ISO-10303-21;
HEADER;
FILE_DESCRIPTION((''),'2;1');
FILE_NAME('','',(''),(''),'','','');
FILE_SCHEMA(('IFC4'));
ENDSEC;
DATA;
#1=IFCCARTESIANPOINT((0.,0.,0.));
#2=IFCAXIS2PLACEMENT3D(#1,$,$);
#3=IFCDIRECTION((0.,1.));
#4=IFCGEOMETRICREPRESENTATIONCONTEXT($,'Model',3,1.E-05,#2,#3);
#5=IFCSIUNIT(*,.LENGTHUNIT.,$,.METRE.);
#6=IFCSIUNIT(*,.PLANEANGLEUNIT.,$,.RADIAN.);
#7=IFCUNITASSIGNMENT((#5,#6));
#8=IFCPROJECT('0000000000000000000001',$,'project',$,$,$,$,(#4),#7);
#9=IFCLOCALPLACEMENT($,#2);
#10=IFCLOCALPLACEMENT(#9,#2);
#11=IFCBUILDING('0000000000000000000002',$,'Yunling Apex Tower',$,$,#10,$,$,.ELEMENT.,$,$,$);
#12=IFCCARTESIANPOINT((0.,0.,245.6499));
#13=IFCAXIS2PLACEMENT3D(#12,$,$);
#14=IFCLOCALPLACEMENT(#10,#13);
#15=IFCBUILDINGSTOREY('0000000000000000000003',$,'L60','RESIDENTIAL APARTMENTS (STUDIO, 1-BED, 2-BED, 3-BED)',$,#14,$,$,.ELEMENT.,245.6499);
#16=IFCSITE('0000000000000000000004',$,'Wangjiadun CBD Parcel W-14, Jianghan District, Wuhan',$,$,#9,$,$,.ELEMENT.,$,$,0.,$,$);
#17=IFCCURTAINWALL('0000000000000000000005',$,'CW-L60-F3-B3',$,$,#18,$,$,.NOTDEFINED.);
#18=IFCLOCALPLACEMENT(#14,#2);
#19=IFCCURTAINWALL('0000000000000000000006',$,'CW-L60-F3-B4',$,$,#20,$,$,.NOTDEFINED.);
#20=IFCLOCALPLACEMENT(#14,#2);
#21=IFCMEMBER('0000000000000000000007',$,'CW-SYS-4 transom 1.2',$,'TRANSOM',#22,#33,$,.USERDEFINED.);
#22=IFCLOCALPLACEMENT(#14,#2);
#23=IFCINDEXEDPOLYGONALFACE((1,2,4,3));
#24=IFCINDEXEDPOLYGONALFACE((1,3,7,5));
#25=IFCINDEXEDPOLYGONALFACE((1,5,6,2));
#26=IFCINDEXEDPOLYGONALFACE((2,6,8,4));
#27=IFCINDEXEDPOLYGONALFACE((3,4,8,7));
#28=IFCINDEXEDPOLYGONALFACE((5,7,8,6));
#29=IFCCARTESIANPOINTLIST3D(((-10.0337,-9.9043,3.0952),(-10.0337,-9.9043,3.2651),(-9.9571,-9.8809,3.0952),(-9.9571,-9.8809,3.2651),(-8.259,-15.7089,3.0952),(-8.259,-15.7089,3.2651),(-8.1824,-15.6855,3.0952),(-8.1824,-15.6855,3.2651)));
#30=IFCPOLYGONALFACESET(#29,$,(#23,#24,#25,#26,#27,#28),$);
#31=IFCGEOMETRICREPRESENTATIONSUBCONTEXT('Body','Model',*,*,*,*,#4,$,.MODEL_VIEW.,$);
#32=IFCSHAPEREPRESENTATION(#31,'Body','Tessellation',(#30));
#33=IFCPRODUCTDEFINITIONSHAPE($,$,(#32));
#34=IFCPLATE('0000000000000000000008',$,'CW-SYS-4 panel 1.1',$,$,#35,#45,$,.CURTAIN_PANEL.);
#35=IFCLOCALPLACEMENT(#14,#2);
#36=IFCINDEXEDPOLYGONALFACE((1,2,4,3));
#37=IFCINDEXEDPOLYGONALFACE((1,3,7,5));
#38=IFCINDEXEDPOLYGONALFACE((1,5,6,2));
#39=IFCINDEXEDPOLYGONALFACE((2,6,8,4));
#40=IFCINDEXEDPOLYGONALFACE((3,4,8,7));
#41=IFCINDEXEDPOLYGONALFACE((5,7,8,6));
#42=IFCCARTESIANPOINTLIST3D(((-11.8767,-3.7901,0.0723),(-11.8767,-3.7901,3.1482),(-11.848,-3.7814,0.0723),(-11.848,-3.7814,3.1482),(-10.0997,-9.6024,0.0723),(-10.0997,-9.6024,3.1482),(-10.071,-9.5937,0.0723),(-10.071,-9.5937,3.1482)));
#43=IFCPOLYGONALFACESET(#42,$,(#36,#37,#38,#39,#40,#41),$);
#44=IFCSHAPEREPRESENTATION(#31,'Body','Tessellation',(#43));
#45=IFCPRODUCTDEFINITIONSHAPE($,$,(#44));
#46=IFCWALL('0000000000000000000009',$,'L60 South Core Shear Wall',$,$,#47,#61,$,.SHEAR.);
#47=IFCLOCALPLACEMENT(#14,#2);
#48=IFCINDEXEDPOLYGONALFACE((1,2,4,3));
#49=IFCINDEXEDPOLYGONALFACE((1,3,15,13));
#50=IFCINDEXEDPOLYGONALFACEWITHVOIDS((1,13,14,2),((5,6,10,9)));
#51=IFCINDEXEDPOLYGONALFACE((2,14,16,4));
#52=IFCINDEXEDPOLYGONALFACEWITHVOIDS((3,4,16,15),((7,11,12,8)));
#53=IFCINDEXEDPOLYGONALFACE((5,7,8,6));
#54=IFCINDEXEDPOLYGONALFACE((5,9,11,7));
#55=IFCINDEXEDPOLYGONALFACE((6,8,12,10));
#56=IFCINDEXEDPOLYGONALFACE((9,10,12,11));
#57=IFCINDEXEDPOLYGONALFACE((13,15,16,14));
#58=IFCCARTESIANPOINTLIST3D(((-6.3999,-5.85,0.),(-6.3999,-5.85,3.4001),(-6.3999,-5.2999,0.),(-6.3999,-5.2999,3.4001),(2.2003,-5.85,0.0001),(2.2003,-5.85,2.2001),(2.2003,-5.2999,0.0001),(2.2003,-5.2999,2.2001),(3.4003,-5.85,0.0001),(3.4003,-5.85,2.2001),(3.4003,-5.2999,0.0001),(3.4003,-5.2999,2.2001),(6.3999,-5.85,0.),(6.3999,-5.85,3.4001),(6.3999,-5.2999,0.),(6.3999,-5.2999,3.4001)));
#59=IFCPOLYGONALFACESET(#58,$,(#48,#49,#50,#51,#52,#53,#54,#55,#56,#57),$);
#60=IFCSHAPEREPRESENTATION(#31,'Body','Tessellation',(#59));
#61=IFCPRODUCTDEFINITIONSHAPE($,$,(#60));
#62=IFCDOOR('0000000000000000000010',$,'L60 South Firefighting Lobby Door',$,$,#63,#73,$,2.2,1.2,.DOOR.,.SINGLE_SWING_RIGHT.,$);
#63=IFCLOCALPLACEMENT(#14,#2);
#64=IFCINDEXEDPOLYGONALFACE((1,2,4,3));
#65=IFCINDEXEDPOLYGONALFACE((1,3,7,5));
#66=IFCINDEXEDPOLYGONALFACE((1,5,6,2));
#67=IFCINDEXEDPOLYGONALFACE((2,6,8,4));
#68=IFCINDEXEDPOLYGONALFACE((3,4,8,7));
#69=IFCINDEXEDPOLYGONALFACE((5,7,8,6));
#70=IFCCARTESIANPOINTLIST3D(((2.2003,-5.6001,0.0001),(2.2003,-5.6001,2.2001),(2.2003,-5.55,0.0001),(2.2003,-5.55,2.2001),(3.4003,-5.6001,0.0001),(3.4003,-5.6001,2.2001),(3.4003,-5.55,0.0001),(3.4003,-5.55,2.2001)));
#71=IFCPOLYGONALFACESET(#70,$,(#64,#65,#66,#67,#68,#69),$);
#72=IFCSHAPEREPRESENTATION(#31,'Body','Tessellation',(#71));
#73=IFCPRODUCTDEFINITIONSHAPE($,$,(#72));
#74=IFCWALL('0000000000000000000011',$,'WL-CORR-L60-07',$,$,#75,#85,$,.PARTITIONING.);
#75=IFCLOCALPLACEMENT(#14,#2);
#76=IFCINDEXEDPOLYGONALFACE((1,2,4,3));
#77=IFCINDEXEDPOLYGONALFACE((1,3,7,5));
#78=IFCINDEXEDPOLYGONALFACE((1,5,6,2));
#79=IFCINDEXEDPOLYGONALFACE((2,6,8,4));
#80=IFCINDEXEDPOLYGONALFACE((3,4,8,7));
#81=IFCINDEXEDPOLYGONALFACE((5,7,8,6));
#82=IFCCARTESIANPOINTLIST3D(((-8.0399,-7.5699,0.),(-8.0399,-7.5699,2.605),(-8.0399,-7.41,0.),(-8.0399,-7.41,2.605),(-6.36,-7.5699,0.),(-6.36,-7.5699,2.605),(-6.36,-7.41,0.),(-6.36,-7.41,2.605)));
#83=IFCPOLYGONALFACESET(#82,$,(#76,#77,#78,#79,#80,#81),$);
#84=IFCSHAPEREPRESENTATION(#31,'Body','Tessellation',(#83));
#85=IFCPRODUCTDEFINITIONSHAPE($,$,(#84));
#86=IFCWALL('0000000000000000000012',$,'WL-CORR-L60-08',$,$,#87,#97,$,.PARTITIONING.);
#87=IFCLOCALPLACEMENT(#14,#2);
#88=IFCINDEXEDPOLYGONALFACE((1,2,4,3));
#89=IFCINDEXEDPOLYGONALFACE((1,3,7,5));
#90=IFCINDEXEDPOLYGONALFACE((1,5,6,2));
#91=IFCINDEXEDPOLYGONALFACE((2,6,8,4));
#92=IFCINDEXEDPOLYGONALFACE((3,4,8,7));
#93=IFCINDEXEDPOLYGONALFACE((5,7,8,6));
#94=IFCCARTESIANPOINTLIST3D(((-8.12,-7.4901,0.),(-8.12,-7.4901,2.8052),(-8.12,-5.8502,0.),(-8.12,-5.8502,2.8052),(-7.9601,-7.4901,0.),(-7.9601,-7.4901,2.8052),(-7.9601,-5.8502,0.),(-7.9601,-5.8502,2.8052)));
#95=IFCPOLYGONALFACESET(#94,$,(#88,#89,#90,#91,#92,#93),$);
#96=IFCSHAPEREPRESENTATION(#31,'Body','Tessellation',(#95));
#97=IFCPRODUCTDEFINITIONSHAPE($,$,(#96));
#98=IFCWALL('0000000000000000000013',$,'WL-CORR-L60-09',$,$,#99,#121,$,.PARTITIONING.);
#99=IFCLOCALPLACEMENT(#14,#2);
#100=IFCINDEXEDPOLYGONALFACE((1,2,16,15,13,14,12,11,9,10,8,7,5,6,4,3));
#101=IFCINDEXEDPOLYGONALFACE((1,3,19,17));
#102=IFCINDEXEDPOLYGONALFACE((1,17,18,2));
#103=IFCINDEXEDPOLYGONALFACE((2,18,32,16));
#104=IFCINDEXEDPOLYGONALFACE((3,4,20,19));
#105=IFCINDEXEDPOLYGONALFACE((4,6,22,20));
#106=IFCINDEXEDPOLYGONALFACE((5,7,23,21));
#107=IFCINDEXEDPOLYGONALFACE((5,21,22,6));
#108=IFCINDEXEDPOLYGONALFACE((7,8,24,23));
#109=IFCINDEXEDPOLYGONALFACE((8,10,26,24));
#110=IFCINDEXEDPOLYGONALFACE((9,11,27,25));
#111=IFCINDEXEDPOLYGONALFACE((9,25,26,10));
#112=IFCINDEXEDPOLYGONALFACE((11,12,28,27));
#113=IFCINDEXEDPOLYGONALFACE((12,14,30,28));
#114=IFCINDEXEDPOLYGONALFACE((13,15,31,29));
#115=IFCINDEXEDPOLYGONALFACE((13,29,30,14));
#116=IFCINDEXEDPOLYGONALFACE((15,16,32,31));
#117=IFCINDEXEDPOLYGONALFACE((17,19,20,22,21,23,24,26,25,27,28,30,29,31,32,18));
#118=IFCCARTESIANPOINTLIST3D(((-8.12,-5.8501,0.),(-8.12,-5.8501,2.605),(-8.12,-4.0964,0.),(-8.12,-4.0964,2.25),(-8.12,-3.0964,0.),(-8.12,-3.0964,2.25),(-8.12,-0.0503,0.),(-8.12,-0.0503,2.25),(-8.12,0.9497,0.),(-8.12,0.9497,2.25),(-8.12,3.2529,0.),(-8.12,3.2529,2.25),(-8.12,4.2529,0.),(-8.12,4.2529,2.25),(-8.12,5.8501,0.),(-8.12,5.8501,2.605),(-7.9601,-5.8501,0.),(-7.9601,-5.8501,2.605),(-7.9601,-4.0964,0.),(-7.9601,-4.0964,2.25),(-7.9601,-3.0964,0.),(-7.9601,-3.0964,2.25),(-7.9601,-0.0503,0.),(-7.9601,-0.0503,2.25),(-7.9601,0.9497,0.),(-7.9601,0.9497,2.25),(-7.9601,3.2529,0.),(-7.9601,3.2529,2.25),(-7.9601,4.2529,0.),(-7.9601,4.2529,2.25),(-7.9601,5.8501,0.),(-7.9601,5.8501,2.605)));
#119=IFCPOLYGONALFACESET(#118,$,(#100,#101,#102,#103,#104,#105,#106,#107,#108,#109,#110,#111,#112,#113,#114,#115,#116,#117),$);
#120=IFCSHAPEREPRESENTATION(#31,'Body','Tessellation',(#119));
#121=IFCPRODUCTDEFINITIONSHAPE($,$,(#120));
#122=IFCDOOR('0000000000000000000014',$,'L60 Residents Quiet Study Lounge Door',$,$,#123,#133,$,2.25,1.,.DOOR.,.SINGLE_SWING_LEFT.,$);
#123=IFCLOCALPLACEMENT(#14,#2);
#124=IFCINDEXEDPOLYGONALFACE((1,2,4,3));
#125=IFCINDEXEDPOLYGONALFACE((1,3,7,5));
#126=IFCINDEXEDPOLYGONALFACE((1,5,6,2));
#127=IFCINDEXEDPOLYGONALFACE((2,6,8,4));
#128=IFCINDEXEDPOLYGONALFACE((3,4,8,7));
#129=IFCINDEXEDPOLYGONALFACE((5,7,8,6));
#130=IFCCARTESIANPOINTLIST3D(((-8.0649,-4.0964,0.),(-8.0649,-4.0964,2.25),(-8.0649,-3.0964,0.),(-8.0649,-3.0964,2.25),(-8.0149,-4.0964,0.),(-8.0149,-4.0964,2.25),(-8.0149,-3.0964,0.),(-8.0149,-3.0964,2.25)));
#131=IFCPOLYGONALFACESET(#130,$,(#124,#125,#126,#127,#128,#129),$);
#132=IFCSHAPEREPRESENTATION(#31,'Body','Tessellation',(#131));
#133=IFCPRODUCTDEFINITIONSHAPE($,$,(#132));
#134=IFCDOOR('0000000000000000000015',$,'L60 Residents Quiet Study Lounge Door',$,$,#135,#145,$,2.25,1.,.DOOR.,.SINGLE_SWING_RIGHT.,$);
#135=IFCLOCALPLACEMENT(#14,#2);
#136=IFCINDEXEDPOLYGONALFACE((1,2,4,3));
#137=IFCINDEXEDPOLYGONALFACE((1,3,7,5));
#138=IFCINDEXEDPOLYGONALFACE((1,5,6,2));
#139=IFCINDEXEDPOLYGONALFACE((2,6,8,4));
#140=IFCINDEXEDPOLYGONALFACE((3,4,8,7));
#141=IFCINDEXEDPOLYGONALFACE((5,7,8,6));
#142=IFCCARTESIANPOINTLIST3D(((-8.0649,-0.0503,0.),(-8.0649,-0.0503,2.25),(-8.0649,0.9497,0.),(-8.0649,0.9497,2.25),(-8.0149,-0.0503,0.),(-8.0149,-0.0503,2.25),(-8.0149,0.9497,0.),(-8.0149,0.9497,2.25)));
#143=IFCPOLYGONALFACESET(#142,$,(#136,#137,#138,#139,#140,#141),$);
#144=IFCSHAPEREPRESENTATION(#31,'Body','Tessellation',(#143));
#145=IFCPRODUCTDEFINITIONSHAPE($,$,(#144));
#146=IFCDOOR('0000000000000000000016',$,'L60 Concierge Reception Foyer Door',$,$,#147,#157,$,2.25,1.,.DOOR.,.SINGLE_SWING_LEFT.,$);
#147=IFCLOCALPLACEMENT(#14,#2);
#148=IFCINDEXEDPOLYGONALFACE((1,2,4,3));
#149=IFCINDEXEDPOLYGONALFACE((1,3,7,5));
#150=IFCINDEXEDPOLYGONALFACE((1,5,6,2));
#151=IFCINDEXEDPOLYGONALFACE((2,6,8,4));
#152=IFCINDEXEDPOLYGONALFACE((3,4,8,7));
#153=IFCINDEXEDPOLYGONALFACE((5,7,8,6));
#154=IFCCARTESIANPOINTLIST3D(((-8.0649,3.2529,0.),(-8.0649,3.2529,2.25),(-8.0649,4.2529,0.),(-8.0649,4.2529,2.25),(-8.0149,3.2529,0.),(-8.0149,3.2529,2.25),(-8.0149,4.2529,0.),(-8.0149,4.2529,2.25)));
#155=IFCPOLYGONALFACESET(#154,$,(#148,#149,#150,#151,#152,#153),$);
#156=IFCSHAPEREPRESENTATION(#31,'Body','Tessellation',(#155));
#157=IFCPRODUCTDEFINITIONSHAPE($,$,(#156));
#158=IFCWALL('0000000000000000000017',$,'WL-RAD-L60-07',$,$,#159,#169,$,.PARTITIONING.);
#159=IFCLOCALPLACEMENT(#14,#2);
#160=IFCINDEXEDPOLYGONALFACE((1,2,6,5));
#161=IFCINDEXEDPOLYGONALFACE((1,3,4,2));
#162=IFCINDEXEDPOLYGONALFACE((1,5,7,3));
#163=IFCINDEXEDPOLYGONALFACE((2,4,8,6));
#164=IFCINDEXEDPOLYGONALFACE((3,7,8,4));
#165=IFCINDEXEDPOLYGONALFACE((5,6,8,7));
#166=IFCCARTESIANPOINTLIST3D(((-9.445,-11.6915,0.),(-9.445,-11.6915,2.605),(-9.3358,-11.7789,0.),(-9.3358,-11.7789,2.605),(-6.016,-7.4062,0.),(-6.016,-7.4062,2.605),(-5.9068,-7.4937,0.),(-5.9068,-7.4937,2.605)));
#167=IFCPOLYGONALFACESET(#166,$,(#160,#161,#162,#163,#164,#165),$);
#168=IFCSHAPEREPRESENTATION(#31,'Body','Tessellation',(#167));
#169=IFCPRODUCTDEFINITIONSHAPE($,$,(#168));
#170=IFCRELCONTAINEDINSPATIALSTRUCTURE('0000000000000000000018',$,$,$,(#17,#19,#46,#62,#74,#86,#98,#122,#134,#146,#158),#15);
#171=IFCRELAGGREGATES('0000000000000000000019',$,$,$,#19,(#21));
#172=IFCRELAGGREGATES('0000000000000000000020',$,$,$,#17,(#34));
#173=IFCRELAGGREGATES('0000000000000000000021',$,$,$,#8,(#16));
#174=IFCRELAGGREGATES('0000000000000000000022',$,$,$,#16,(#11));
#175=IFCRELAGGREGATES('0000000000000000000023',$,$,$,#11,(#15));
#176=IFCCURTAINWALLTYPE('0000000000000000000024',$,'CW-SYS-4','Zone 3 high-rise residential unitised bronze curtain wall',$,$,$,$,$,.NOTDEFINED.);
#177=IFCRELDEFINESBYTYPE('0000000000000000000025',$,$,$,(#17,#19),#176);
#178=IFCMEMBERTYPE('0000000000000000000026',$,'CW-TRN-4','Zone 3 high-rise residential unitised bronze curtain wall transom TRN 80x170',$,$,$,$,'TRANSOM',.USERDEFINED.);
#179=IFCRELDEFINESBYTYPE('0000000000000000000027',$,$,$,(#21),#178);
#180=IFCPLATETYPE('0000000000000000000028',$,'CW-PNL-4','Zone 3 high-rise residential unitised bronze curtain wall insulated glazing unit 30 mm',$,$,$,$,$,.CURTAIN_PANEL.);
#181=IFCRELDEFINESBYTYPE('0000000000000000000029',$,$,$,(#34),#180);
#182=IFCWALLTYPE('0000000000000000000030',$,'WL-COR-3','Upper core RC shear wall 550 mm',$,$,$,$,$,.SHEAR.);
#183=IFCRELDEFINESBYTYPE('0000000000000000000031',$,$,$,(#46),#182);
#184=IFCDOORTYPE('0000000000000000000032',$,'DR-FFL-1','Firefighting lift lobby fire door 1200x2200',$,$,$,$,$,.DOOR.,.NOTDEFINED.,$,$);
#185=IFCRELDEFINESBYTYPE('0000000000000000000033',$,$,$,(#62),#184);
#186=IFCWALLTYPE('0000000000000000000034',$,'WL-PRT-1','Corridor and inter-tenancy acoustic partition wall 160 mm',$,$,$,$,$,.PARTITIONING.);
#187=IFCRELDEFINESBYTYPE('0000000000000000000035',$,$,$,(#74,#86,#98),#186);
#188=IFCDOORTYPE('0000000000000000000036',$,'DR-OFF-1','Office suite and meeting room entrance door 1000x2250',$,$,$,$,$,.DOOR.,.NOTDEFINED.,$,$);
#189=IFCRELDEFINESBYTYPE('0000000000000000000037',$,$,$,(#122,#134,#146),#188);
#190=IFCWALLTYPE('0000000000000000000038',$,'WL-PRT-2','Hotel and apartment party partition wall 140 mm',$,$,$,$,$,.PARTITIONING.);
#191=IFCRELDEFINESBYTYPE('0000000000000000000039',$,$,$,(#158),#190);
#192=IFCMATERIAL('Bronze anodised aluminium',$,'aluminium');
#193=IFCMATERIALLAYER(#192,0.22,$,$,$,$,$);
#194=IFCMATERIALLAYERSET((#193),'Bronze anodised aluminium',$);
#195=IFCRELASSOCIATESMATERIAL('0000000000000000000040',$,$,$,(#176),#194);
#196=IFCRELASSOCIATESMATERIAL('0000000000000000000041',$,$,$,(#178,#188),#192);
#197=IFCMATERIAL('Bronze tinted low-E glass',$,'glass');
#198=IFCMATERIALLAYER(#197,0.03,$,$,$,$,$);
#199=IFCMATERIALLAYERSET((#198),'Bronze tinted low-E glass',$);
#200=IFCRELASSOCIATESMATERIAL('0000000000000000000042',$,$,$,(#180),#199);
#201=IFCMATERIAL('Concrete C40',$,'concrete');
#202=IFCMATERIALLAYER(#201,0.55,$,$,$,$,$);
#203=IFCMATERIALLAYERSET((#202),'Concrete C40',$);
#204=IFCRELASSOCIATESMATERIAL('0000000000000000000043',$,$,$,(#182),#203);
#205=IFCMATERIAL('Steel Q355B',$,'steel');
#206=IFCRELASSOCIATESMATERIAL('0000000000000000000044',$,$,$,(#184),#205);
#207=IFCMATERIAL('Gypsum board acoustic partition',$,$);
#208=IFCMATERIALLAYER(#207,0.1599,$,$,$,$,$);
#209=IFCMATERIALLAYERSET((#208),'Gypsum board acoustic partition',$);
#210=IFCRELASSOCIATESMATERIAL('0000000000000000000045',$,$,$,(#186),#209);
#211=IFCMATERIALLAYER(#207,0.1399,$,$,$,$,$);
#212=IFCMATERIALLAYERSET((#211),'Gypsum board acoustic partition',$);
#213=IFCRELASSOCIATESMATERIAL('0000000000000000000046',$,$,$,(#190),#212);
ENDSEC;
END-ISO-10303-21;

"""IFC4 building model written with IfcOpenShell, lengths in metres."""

from ifc_helpers import new_model, si_unit, direction, frame, frame_2d, origin, origin_2d, place, context, subcontext, project, spatial, rectangle, extrude, source, transform, mapped, material, layer, layer_set, material_profile, profile_set, type_object, element, fill, aggregate, save


model = new_model("IFC4")

# Units and contexts
model_context = context("Model", 3, precision=1e-05, world=origin(), true_north=direction((0.0, 1.0)))
body_context = subcontext(model_context, "Body", "Model", "MODEL_VIEW")
ifc_project = project(units=[si_unit("LENGTHUNIT", "METRE"), si_unit("PLANEANGLEUNIT", "RADIAN")], contexts=[model_context])

# Site, building, storey
site_placement = place(None, origin())
site = spatial("IfcSite", under=ifc_project, at=site_placement, Name="Wangjiadun CBD Parcel W-14, Jianghan District, Wuhan", CompositionType="ELEMENT", RefElevation=0.0)
building_placement = place(site_placement, origin())
building = spatial("IfcBuilding", under=site, at=building_placement, Name="Yunling Apex Tower", CompositionType="ELEMENT")
storey_placement = place(building_placement, frame((0.0, 0.0, 245.6499)))
storey = spatial("IfcBuildingStorey", under=building, at=storey_placement, Name="L60", Description="RESIDENTIAL APARTMENTS (STUDIO, 1-BED, 2-BED, 3-BED)", CompositionType="ELEMENT", Elevation=245.6499)

# Shared definitions
ifc_material_1 = material(Name="Steel Q355B", Category="steel")

# Curtain wall
ifc_material_2 = material(Name="Bronze anodised aluminium", Category="aluminium")
ifc_layer_1 = layer(ifc_material_2, 0.22)
ifc_layer_set_1 = layer_set([ifc_layer_1], Name="Bronze anodised aluminium")
curtain_wall_type = type_object("IfcCurtainWallType", Name="CW-SYS-4", Description="Zone 3 high-rise residential unitised bronze curtain wall", PredefinedType="NOTDEFINED", material=ifc_layer_set_1)
curtain_wall_1_placement = place(storey_placement, origin())
curtain_wall_1 = element("IfcCurtainWall", 1, at=curtain_wall_1_placement, inside=storey, type_object=curtain_wall_type, Name="CW-L60-F3-B3", PredefinedType="NOTDEFINED")

# Curtain wall, member
curtain_wall_2_placement = place(storey_placement, origin())
curtain_wall_2 = element("IfcCurtainWall", 2, at=curtain_wall_2_placement, inside=storey, type_object=curtain_wall_type, Name="CW-L60-F3-B4", PredefinedType="NOTDEFINED")
ifc_material_profile_1 = material_profile(ifc_material_2, rectangle(XDim=0.0801, YDim=0.1699, at=origin_2d()))
ifc_profile_set_1 = profile_set([ifc_material_profile_1], Name="Bronze anodised aluminium")
member_type_1 = type_object("IfcMemberType", Name="CW-TRN-4", Description="Zone 3 high-rise residential unitised bronze curtain wall transom TRN 80x170", ElementType="TRANSOM", PredefinedType="USERDEFINED", material=ifc_profile_set_1)
shared_shape_1 = source(origin(), body_context, "Body", "SweptSolid", [
    extrude(rectangle(XDim=0.0801, YDim=0.1699, at=origin_2d()), origin(), (0.0, 0.0, 1.0), 6.0698),
])
member_1_placement = place(storey_placement, frame((-9.9954, -9.8926, 3.1802), z_axis=(0.29237, -0.956305, 0.0), x_axis=(0.956305, 0.29237, 0.0)))
member_1 = element("IfcMember", 3, at=member_1_placement, type_object=member_type_1, Name="CW-SYS-4 transom 1.2", ObjectType="TRANSOM", PredefinedType="USERDEFINED", context=body_context, shape_type="MappedRepresentation", body=[
    mapped(shared_shape_1, transform((0.0, 0.0, 0.0), scale=1.0)),
])
aggregate(curtain_wall_2, [member_1])

# Plate
ifc_material_3 = material(Name="Bronze tinted low-E glass", Category="glass")
ifc_layer_2 = layer(ifc_material_3, 0.03)
ifc_layer_set_2 = layer_set([ifc_layer_2], Name="Bronze tinted low-E glass")
plate_type = type_object("IfcPlateType", Name="CW-PNL-4", Description="Zone 3 high-rise residential unitised bronze curtain wall insulated glazing unit 30 mm", PredefinedType="CURTAIN_PANEL", material=ifc_layer_set_2)
shared_shape_2 = source(origin(), body_context, "Body", "SweptSolid", [
    extrude(rectangle(XDim=6.0779, YDim=0.03, at=origin_2d()), origin(), (0.0, 0.0, 1.0), 3.0759),
])
plate_placement = place(storey_placement, frame((-10.9739, -6.6919, 0.0723), z_axis=(0.0, 0.0, 1.0), x_axis=(0.292372, -0.956305, 0.0)))
plate = element("IfcPlate", 4, at=plate_placement, type_object=plate_type, Name="CW-SYS-4 panel 1.1", PredefinedType="CURTAIN_PANEL", context=body_context, shape_type="MappedRepresentation", body=[
    mapped(shared_shape_2, transform((0.0, 0.0, 0.0), scale=1.0)),
])
aggregate(curtain_wall_1, [plate])

# Wall, opening, door
ifc_material_4 = material(Name="Concrete C40", Category="concrete")
ifc_layer_3 = layer(ifc_material_4, 0.55)
ifc_layer_set_3 = layer_set([ifc_layer_3], Name="Concrete C40")
wall_type_1 = type_object("IfcWallType", Name="WL-COR-3", Description="Upper core RC shear wall 550 mm", PredefinedType="SHEAR", material=ifc_layer_set_3)
wall_1_placement = place(storey_placement, frame((-6.3999, -5.575, 0.0), z_axis=(0.0, 0.0, 1.0), x_axis=(1.0, 0.0, 0.0)))
wall_1 = element("IfcWall", 5, at=wall_1_placement, inside=storey, type_object=wall_type_1, Name="L60 South Core Shear Wall", PredefinedType="SHEAR", context=body_context, shape_type="SweptSolid", body=[
    extrude(rectangle(XDim=12.7998, YDim=0.55, at=frame_2d((6.3999, 0.0))), origin(), (0.0, 0.0, 1.0), 3.4001),
])
opening_1_placement = place(wall_1_placement, frame((8.6001, 0.0, 0.0)))
opening_1 = element("IfcOpeningElement", 6, at=opening_1_placement, cuts=wall_1, PredefinedType="OPENING", context=body_context, shape_type="SweptSolid", body=[
    extrude(rectangle(XDim=1.2, YDim=2.2, at=frame_2d((0.6001, 1.1001))), frame((0.0, 0.2852, 0.0), z_axis=(0.0, -1.0, 0.0), x_axis=(1.0, 0.0, 0.0)), (0.0, 0.0, 1.0), 0.5701),
])
door_type_1 = type_object("IfcDoorType", Name="DR-FFL-1", Description="Firefighting lift lobby fire door 1200x2200", OperationType="NOTDEFINED", PredefinedType="DOOR", material=ifc_material_1)
door_1_placement = place(opening_1_placement, origin())
door_1 = element("IfcDoor", 7, at=door_1_placement, inside=storey, type_object=door_type_1, Name="L60 South Firefighting Lobby Door", OperationType="SINGLE_SWING_RIGHT", OverallHeight=2.2, OverallWidth=1.2, PredefinedType="DOOR", context=body_context, shape_type="SweptSolid", body=[
    extrude(rectangle(XDim=1.2, YDim=2.2, at=frame_2d((0.6001, 1.1001))), frame((0.0, 0.0249, 0.0), z_axis=(0.0, -1.0, 0.0), x_axis=(1.0, 0.0, 0.0)), (0.0, 0.0, 1.0), 0.05),
])
fill(opening_1, door_1)

# Walls
ifc_material_5 = material(Name="Gypsum board acoustic partition")
ifc_layer_4 = layer(ifc_material_5, 0.1599)
ifc_layer_set_4 = layer_set([ifc_layer_4], Name="Gypsum board acoustic partition")
wall_type_2 = type_object("IfcWallType", Name="WL-PRT-1", Description="Corridor and inter-tenancy acoustic partition wall 160 mm", PredefinedType="PARTITIONING", material=ifc_layer_set_4)
wall_2_placement = place(storey_placement, frame((-6.3601, -7.49, 0.0), z_axis=(0.0, 0.0, 1.0), x_axis=(-1.0, 0.0, 0.0)))
element("IfcWall", 8, at=wall_2_placement, inside=storey, type_object=wall_type_2, Name="WL-CORR-L60-07", PredefinedType="PARTITIONING", context=body_context, shape_type="SweptSolid", body=[
    extrude(rectangle(XDim=1.6799, YDim=0.1599, at=frame_2d((0.8398, 0.0))), origin(), (0.0, 0.0, 1.0), 2.605),
])
wall_3_placement = place(storey_placement, frame((-8.04, -7.49, 0.0), z_axis=(0.0, 0.0, 1.0), x_axis=(0.0, 1.0, 0.0)))
element("IfcWall", 9, at=wall_3_placement, inside=storey, type_object=wall_type_2, Name="WL-CORR-L60-08", PredefinedType="PARTITIONING", context=body_context, shape_type="SweptSolid", body=[
    extrude(rectangle(XDim=1.6399, YDim=0.1599, at=frame_2d((0.8198, 0.0))), origin(), (0.0, 0.0, 1.0), 2.8052),
])

# Wall, openings, doors
wall_4_placement = place(storey_placement, frame((-8.04, -5.8501, 0.0), z_axis=(0.0, 0.0, 1.0), x_axis=(0.0, 1.0, 0.0)))
wall_4 = element("IfcWall", 10, at=wall_4_placement, inside=storey, type_object=wall_type_2, Name="WL-CORR-L60-09", PredefinedType="PARTITIONING", context=body_context, shape_type="SweptSolid", body=[
    extrude(rectangle(XDim=11.7002, YDim=0.1599, at=frame_2d((5.8501, 0.0))), origin(), (0.0, 0.0, 1.0), 2.605),
])
opening_2_placement = place(wall_4_placement, frame((1.7537, 0.0, 0.0)))
opening_2 = element("IfcOpeningElement", 11, at=opening_2_placement, cuts=wall_4, PredefinedType="OPENING", context=body_context, shape_type="SweptSolid", body=[
    extrude(rectangle(XDim=1.0, YDim=2.25, at=frame_2d((0.5, 1.125))), frame((0.0, 0.0898, 0.0), z_axis=(0.0, -1.0, 0.0), x_axis=(1.0, 0.0, 0.0)), (0.0, 0.0, 1.0), 0.1799),
])
opening_3_placement = place(wall_4_placement, frame((5.7998, 0.0, 0.0)))
opening_3 = element("IfcOpeningElement", 12, at=opening_3_placement, cuts=wall_4, PredefinedType="OPENING", context=body_context, shape_type="SweptSolid", body=[
    extrude(rectangle(XDim=1.0, YDim=2.25, at=frame_2d((0.5, 1.125))), frame((0.0, 0.0898, 0.0), z_axis=(0.0, -1.0, 0.0), x_axis=(1.0, 0.0, 0.0)), (0.0, 0.0, 1.0), 0.1799),
])
opening_4_placement = place(wall_4_placement, frame((9.103, 0.0, 0.0)))
opening_4 = element("IfcOpeningElement", 13, at=opening_4_placement, cuts=wall_4, PredefinedType="OPENING", context=body_context, shape_type="SweptSolid", body=[
    extrude(rectangle(XDim=1.0, YDim=2.25, at=frame_2d((0.5, 1.125))), frame((0.0, 0.0898, 0.0), z_axis=(0.0, -1.0, 0.0), x_axis=(1.0, 0.0, 0.0)), (0.0, 0.0, 1.0), 0.1799),
])
door_type_2 = type_object("IfcDoorType", Name="DR-OFF-1", Description="Office suite and meeting room entrance door 1000x2250", OperationType="NOTDEFINED", PredefinedType="DOOR", material=ifc_material_2)
door_2_placement = place(opening_2_placement, origin())
door_2 = element("IfcDoor", 14, at=door_2_placement, inside=storey, type_object=door_type_2, Name="L60 Residents Quiet Study Lounge Door", OperationType="SINGLE_SWING_LEFT", OverallHeight=2.25, OverallWidth=1.0, PredefinedType="DOOR", context=body_context, shape_type="SweptSolid", body=[
    extrude(rectangle(XDim=1.0, YDim=2.25, at=frame_2d((0.5, 1.125))), frame((0.0, 0.0249, 0.0), z_axis=(0.0, -1.0, 0.0), x_axis=(1.0, 0.0, 0.0)), (0.0, 0.0, 1.0), 0.05),
])
fill(opening_2, door_2)
door_3_placement = place(opening_3_placement, origin())
door_3 = element("IfcDoor", 15, at=door_3_placement, inside=storey, type_object=door_type_2, Name="L60 Residents Quiet Study Lounge Door", OperationType="SINGLE_SWING_RIGHT", OverallHeight=2.25, OverallWidth=1.0, PredefinedType="DOOR", context=body_context, shape_type="SweptSolid", body=[
    extrude(rectangle(XDim=1.0, YDim=2.25, at=frame_2d((0.5, 1.125))), frame((0.0, 0.0249, 0.0), z_axis=(0.0, -1.0, 0.0), x_axis=(1.0, 0.0, 0.0)), (0.0, 0.0, 1.0), 0.05),
])
fill(opening_3, door_3)
door_4_placement = place(opening_4_placement, origin())
door_4 = element("IfcDoor", 16, at=door_4_placement, inside=storey, type_object=door_type_2, Name="L60 Concierge Reception Foyer Door", OperationType="SINGLE_SWING_LEFT", OverallHeight=2.25, OverallWidth=1.0, PredefinedType="DOOR", context=body_context, shape_type="SweptSolid", body=[
    extrude(rectangle(XDim=1.0, YDim=2.25, at=frame_2d((0.5, 1.125))), frame((0.0, 0.0249, 0.0), z_axis=(0.0, -1.0, 0.0), x_axis=(1.0, 0.0, 0.0)), (0.0, 0.0, 1.0), 0.05),
])
fill(opening_4, door_4)

# Wall
ifc_layer_5 = layer(ifc_material_5, 0.1399)
ifc_layer_set_5 = layer_set([ifc_layer_5], Name="Gypsum board acoustic partition")
wall_type_3 = type_object("IfcWallType", Name="WL-PRT-2", Description="Hotel and apartment party partition wall 140 mm", PredefinedType="PARTITIONING", material=ifc_layer_set_5)
wall_5_placement = place(storey_placement, frame((-5.9614, -7.45, 0.0), z_axis=(0.0, 0.0, 1.0), x_axis=(-0.624787, -0.780795, 0.0)))
element("IfcWall", 17, at=wall_5_placement, inside=storey, type_object=wall_type_3, Name="WL-RAD-L60-07", PredefinedType="PARTITIONING", context=body_context, shape_type="SweptSolid", body=[
    extrude(rectangle(XDim=5.4883, YDim=0.1399, at=frame_2d((2.7441, 0.0))), origin(), (0.0, 0.0, 1.0), 2.605),
])

save(model, "model.ifc")
